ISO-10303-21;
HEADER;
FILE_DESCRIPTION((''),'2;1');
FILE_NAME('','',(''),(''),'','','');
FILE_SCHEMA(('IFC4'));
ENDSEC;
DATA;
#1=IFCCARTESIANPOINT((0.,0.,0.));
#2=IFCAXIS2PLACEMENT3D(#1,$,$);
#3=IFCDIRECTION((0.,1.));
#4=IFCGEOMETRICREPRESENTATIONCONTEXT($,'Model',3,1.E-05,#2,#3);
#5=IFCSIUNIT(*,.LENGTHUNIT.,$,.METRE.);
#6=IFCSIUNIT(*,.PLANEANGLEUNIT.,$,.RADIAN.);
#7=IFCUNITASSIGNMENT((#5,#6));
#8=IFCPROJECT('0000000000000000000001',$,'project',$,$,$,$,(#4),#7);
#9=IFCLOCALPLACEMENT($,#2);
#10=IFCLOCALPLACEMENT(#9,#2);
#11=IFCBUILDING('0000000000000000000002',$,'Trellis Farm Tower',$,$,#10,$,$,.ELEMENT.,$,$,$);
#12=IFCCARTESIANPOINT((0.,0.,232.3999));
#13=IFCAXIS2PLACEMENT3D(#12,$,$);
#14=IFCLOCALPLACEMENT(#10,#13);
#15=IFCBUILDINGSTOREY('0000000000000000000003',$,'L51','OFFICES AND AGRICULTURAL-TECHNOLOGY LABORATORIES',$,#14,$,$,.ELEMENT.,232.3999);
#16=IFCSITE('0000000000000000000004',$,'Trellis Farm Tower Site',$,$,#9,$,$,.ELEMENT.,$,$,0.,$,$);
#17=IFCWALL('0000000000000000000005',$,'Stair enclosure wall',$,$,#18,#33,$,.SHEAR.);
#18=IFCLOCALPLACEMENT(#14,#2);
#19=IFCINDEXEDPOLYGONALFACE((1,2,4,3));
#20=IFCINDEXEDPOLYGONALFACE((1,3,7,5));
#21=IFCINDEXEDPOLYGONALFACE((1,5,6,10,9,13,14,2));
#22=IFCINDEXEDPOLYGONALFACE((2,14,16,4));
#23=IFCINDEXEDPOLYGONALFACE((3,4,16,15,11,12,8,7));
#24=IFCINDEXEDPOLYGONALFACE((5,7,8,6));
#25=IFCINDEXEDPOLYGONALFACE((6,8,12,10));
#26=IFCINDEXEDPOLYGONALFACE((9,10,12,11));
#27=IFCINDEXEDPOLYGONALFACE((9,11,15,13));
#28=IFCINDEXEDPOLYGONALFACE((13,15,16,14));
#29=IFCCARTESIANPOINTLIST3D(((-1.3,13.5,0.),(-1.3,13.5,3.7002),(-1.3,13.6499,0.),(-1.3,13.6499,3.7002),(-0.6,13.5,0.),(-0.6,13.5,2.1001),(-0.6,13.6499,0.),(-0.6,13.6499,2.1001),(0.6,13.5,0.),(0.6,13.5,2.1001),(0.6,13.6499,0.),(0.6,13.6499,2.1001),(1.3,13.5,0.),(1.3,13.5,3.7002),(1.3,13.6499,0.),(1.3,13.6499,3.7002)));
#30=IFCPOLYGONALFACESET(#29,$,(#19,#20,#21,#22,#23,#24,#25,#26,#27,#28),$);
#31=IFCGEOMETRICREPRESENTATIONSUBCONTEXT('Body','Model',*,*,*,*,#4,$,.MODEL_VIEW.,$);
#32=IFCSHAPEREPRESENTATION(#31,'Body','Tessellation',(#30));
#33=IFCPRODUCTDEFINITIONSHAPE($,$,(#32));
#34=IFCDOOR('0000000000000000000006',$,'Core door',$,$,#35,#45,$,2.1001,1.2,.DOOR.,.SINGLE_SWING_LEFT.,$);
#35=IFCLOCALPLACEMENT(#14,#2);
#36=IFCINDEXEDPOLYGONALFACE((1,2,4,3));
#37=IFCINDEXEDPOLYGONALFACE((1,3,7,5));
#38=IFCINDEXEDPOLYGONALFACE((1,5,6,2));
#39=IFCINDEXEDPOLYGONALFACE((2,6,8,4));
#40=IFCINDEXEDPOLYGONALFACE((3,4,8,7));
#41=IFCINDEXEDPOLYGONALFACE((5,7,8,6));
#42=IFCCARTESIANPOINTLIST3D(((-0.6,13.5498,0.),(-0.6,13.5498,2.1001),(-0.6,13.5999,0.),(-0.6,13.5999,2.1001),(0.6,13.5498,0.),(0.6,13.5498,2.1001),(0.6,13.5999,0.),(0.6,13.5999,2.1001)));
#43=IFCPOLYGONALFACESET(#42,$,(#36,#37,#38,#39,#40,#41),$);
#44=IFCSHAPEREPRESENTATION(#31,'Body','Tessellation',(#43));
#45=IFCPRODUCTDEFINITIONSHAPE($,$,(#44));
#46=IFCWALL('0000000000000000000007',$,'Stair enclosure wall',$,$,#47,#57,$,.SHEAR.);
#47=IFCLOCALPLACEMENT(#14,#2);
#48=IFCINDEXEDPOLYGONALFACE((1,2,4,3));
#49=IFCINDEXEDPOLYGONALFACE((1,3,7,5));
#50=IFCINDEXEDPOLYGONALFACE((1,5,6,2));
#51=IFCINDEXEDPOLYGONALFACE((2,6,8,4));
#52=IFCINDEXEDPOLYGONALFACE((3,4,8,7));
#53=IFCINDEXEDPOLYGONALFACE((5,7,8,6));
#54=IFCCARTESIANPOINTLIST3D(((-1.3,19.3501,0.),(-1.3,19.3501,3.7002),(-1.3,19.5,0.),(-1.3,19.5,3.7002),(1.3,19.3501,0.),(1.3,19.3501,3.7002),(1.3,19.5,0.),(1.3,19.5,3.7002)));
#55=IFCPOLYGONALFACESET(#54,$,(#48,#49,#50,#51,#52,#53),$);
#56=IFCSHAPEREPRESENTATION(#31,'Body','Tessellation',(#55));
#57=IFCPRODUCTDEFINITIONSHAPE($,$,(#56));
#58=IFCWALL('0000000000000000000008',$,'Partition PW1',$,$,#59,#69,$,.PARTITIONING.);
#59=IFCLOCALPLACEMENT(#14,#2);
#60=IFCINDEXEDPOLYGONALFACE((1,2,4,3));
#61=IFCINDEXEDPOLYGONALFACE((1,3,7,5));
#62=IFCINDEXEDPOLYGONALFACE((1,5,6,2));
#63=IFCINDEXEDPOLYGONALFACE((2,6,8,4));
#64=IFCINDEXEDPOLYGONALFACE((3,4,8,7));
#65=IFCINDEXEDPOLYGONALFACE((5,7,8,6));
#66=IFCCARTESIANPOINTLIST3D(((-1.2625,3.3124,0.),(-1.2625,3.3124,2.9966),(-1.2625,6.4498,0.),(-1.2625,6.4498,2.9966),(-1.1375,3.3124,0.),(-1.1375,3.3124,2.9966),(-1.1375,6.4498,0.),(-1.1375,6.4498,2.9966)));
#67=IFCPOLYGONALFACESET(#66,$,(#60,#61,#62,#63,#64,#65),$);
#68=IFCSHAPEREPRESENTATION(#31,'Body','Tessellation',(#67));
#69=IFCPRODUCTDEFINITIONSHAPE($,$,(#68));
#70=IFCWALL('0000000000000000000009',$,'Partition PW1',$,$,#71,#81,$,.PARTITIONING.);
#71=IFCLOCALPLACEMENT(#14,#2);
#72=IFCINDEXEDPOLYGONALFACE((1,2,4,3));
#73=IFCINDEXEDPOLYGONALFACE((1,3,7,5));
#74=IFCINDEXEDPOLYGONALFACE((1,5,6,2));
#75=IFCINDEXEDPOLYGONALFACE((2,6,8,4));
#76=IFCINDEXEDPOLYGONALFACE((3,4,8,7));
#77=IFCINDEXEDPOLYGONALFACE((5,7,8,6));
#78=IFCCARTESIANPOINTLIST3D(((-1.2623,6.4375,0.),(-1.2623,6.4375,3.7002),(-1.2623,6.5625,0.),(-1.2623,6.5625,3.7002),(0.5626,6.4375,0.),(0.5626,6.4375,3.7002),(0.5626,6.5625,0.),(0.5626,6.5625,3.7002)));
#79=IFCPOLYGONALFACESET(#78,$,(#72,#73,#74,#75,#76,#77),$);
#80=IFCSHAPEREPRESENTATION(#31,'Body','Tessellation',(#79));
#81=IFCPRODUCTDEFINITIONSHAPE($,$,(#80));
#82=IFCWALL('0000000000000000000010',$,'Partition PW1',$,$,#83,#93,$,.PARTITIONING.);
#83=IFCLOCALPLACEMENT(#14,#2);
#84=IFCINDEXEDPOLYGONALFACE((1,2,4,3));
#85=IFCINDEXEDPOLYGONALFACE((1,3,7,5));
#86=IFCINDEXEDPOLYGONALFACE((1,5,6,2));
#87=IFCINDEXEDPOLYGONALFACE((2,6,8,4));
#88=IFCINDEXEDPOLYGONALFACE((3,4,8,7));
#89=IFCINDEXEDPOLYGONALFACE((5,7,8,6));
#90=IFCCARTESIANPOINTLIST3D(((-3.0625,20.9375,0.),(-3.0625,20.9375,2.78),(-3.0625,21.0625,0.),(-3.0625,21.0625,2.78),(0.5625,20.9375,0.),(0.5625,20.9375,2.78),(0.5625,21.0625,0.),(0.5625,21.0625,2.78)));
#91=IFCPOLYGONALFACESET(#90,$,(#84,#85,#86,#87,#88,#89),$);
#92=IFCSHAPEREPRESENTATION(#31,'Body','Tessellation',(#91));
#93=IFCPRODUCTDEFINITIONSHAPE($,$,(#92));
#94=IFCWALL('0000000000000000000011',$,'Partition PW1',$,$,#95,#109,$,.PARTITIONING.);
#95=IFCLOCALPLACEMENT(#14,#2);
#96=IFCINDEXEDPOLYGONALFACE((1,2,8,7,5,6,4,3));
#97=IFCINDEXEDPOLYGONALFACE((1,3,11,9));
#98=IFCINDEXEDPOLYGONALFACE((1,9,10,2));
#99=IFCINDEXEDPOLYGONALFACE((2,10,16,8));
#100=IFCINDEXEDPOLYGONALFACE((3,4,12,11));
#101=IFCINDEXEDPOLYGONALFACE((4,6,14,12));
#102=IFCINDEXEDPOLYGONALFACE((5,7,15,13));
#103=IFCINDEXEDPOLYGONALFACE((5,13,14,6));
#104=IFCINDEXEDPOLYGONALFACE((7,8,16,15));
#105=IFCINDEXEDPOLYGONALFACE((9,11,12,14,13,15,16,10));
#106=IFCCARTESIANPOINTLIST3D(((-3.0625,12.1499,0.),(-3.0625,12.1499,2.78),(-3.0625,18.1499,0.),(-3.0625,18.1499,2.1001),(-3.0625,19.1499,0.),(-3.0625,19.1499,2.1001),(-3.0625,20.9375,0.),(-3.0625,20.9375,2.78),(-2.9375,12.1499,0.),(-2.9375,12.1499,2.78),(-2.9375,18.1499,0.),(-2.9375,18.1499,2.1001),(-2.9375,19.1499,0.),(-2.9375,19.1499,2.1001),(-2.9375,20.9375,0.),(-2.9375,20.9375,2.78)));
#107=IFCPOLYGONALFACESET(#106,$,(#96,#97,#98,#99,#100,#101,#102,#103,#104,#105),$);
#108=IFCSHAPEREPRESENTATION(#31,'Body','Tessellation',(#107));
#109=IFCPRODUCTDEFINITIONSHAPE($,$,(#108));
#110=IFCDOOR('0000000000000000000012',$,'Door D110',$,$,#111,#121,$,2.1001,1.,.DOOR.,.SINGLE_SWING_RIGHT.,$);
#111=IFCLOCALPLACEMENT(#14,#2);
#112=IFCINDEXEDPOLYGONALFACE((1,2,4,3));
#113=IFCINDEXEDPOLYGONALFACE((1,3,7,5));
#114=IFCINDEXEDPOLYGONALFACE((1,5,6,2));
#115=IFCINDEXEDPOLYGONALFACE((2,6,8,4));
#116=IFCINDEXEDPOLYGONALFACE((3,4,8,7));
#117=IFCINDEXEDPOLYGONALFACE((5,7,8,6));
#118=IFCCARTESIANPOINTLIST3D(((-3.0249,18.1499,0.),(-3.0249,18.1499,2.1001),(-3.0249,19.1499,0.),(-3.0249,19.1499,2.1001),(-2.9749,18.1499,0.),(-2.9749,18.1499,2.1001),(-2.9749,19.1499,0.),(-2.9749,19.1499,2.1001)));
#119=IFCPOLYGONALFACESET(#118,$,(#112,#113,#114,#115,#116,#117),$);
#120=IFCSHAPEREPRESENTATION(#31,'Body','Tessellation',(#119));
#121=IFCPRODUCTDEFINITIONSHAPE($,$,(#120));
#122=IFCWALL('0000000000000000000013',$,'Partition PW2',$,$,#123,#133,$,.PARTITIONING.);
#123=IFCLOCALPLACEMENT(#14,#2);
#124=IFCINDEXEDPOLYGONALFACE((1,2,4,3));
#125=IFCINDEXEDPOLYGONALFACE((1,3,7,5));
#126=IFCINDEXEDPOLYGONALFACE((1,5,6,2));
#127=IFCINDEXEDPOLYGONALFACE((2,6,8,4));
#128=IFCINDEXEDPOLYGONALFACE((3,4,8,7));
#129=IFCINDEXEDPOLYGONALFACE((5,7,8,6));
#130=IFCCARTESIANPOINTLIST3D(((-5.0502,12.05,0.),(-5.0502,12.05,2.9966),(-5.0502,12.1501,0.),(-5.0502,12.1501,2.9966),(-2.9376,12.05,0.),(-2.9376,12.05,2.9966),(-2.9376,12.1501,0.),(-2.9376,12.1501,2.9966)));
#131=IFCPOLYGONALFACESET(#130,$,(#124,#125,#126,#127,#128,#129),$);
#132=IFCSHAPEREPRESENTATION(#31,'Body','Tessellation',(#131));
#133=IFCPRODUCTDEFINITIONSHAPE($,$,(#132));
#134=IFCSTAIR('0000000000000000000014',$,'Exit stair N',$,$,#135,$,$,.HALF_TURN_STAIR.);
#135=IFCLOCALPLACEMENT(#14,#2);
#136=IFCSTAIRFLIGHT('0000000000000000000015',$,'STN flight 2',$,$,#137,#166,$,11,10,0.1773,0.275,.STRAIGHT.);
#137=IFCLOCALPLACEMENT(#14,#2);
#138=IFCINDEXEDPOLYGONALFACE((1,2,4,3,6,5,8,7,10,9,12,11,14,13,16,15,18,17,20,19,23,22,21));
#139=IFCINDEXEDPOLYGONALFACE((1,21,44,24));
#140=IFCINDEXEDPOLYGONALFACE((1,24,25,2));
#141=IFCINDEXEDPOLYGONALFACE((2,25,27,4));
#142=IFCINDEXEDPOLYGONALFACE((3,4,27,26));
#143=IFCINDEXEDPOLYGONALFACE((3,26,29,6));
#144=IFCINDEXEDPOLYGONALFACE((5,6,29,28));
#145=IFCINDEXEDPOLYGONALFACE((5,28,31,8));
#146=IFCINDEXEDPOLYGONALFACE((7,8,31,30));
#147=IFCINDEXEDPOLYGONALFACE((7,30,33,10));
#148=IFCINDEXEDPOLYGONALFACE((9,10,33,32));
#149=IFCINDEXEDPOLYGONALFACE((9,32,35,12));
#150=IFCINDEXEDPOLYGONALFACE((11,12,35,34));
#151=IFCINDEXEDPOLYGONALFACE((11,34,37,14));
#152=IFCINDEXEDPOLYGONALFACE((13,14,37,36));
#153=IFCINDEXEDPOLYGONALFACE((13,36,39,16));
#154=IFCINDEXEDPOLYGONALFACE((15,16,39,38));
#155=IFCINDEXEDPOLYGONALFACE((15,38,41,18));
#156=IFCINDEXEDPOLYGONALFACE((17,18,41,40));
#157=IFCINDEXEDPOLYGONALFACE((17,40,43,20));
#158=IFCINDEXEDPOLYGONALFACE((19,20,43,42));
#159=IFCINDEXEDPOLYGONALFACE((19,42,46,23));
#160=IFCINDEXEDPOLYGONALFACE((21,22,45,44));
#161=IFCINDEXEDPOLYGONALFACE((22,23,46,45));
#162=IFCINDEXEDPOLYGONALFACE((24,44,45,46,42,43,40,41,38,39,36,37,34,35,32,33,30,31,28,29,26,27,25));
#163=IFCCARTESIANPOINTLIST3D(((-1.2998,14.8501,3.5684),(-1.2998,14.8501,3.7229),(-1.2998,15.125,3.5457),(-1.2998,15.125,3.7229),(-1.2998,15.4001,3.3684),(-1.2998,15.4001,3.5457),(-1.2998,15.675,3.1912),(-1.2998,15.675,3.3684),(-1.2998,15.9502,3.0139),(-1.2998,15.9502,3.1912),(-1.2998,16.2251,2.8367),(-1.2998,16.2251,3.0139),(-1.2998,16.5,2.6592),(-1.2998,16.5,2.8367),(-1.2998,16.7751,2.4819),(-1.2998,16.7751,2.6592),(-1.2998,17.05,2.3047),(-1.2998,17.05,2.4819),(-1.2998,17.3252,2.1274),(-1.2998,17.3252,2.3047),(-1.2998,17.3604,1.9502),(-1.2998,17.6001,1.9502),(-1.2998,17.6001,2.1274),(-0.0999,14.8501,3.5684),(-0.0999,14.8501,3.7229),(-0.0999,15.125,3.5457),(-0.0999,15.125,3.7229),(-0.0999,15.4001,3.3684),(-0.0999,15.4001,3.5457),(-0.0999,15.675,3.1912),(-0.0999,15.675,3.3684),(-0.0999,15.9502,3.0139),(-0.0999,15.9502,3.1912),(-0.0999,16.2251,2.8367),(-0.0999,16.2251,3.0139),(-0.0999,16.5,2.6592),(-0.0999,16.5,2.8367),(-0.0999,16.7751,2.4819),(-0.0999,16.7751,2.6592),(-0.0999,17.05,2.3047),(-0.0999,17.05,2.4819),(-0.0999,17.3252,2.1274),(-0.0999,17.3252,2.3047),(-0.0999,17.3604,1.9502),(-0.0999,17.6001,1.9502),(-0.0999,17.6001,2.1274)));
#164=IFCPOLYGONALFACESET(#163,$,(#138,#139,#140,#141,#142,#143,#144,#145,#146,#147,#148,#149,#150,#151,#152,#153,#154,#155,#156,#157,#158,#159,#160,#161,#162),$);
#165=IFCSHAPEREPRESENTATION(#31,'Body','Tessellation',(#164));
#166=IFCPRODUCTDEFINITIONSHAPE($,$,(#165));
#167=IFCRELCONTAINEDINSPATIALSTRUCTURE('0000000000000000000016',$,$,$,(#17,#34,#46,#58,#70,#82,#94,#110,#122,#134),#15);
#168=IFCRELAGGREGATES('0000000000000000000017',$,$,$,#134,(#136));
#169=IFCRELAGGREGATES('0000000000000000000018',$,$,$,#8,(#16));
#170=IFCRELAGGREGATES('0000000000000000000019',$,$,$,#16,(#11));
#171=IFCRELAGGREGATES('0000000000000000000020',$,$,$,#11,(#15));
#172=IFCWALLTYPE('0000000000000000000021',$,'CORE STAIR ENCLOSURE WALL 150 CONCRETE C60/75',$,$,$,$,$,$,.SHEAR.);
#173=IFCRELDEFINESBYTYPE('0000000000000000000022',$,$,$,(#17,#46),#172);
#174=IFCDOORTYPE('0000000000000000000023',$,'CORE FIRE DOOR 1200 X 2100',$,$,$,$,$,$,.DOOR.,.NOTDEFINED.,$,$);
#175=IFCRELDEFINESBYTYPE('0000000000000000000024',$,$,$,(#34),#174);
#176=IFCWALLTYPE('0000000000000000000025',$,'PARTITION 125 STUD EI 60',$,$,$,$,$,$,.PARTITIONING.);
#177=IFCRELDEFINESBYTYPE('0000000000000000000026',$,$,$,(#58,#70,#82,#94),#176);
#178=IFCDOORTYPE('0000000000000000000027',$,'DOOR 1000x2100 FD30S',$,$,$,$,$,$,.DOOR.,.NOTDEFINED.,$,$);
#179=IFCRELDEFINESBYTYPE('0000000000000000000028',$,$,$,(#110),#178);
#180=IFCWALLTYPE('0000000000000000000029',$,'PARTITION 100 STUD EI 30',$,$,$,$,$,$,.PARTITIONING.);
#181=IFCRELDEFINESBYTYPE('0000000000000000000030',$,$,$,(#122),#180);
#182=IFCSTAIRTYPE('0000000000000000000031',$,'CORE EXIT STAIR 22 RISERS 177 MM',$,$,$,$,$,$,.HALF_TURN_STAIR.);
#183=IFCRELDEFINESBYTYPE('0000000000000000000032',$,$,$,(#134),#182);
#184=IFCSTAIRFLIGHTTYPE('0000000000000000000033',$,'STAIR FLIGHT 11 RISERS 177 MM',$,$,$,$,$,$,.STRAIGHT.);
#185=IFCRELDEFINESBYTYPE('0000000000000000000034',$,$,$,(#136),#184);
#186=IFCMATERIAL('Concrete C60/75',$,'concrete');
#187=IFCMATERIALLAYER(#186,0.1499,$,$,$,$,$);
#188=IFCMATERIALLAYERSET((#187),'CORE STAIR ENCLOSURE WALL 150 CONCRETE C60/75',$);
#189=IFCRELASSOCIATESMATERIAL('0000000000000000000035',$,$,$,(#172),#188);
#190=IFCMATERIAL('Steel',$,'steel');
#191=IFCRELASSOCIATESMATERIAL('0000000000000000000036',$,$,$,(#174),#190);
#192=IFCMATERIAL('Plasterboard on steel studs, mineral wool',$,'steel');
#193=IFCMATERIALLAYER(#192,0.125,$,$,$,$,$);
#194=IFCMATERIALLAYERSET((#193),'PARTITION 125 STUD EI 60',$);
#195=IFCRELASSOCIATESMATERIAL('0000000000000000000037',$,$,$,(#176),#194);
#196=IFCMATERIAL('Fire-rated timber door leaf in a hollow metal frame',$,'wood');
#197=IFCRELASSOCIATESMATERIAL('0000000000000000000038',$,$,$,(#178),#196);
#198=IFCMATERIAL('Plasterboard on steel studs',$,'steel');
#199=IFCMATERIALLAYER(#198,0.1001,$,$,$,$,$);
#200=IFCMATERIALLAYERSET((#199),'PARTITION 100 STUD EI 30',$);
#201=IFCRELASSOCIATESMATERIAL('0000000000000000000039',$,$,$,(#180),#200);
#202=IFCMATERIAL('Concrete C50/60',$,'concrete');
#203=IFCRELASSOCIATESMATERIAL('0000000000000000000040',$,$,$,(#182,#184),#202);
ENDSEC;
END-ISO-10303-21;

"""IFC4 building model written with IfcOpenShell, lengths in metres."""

from ifc_helpers import new_model, si_unit, direction, frame, frame_2d, origin, place, context, subcontext, project, spatial, polyline, rectangle, outline, extrude, source, transform, mapped, material, layer, layer_set, type_object, element, fill, aggregate, save


model = new_model("IFC4")

# Units and contexts
model_context = context("Model", 3, precision=1e-05, world=origin(), true_north=direction((0.0, 1.0)))
body_context = subcontext(model_context, "Body", "Model", "MODEL_VIEW")
ifc_project = project(units=[si_unit("LENGTHUNIT", "METRE"), si_unit("PLANEANGLEUNIT", "RADIAN")], contexts=[model_context])

# Site, building, storey
site_placement = place(None, origin())
site = spatial("IfcSite", under=ifc_project, at=site_placement, Name="Trellis Farm Tower Site", CompositionType="ELEMENT", RefElevation=0.0)
building_placement = place(site_placement, origin())
building = spatial("IfcBuilding", under=site, at=building_placement, Name="Trellis Farm Tower", CompositionType="ELEMENT")
storey_placement = place(building_placement, frame((0.0, 0.0, 232.3999)))
storey = spatial("IfcBuildingStorey", under=building, at=storey_placement, Name="L51", Description="OFFICES AND AGRICULTURAL-TECHNOLOGY LABORATORIES", CompositionType="ELEMENT", Elevation=232.3999)

# Shared definitions
ifc_material_1 = material(Name="Concrete C60/75", Category="concrete")

# Shared definitions
placement_1 = place(storey_placement, origin())

# Wall, opening, door
ifc_layer_1 = layer(ifc_material_1, 0.1499)
ifc_layer_set_1 = layer_set([ifc_layer_1], Name="CORE STAIR ENCLOSURE WALL 150 CONCRETE C60/75")
wall_type_1 = type_object("IfcWallType", Name="CORE STAIR ENCLOSURE WALL 150 CONCRETE C60/75", PredefinedType="SHEAR", material=ifc_layer_set_1)
shared_shape_1 = source(origin(), body_context, "Body", "SweptSolid", [
    extrude(rectangle(XDim=2.6001, YDim=0.1499, at=frame_2d((1.3, 0.0))), origin(), (0.0, 0.0, 1.0), 3.7002),
])
wall_1_placement = place(storey_placement, frame((-1.3, 13.575, 0.0), z_axis=(0.0, 0.0, 1.0), x_axis=(1.0, 0.0, 0.0)))
wall_1 = element("IfcWall", 1, at=wall_1_placement, inside=storey, type_object=wall_type_1, Name="Stair enclosure wall", PredefinedType="SHEAR", context=body_context, shape_type="MappedRepresentation", body=[
    mapped(shared_shape_1, transform((0.0, 0.0, 0.0))),
])
shared_shape_2 = source(origin(), body_context, "Body", "SweptSolid", [
    extrude(rectangle(XDim=1.2, YDim=2.1001, at=frame_2d((0.6001, 1.05))), frame((0.0, 0.085, 0.0), z_axis=(0.0, -1.0, 0.0), x_axis=(1.0, 0.0, 0.0)), (0.0, 0.0, 1.0), 0.1699),
])
opening_1_placement = place(wall_1_placement, frame((0.7, 0.0, 0.0)))
opening_1 = element("IfcOpeningElement", 2, at=opening_1_placement, cuts=wall_1, PredefinedType="OPENING", context=body_context, shape_type="MappedRepresentation", body=[
    mapped(shared_shape_2, transform((0.0, 0.0, 0.0))),
])
ifc_material_2 = material(Name="Steel", Category="steel")
door_type_1 = type_object("IfcDoorType", Name="CORE FIRE DOOR 1200 X 2100", OperationType="NOTDEFINED", PredefinedType="DOOR", material=ifc_material_2)
shared_shape_3 = source(origin(), body_context, "Body", "SweptSolid", [
    extrude(rectangle(XDim=1.2, YDim=2.1001, at=frame_2d((0.6001, 1.05))), frame((0.0, 0.0249, 0.0), z_axis=(0.0, -1.0, 0.0), x_axis=(1.0, 0.0, 0.0)), (0.0, 0.0, 1.0), 0.05),
])
door_1_placement = place(opening_1_placement, origin())
door_1 = element("IfcDoor", 3, at=door_1_placement, inside=storey, type_object=door_type_1, Name="Core door", OperationType="SINGLE_SWING_LEFT", OverallHeight=2.1001, OverallWidth=1.2, PredefinedType="DOOR", context=body_context, shape_type="MappedRepresentation", body=[
    mapped(shared_shape_3, transform((0.0, 0.0, 0.0))),
])
fill(opening_1, door_1)

# Walls
wall_2_placement = place(storey_placement, frame((-1.3, 19.425, 0.0), z_axis=(0.0, 0.0, 1.0), x_axis=(1.0, 0.0, 0.0)))
element("IfcWall", 4, at=wall_2_placement, inside=storey, type_object=wall_type_1, Name="Stair enclosure wall", PredefinedType="SHEAR", context=body_context, shape_type="MappedRepresentation", body=[
    mapped(shared_shape_1, transform((0.0, 0.0, 0.0))),
])
ifc_material_3 = material(Name="Plasterboard on steel studs, mineral wool", Category="steel")
ifc_layer_2 = layer(ifc_material_3, 0.125)
ifc_layer_set_2 = layer_set([ifc_layer_2], Name="PARTITION 125 STUD EI 60")
wall_type_2 = type_object("IfcWallType", Name="PARTITION 125 STUD EI 60", PredefinedType="PARTITIONING", material=ifc_layer_set_2)
shared_shape_4 = source(origin(), body_context, "Body", "SweptSolid", [
    extrude(rectangle(XDim=3.1375, YDim=0.125, at=frame_2d((1.5688, 0.0))), origin(), (0.0, 0.0, 1.0), 2.9966),
])
wall_3_placement = place(storey_placement, frame((-1.2, 6.45, 0.0), z_axis=(0.0, 0.0, 1.0), x_axis=(0.0, -1.0, 0.0)))
element("IfcWall", 5, at=wall_3_placement, inside=storey, type_object=wall_type_2, Name="Partition PW1", PredefinedType="PARTITIONING", context=body_context, shape_type="MappedRepresentation", body=[
    mapped(shared_shape_4, transform((0.0, 0.0, 0.0))),
])
shared_shape_5 = source(origin(), body_context, "Body", "SweptSolid", [
    extrude(rectangle(XDim=1.825, YDim=0.125, at=frame_2d((0.9126, 0.0))), origin(), (0.0, 0.0, 1.0), 3.7002),
])
wall_4_placement = place(storey_placement, frame((-1.2625, 6.5, 0.0), z_axis=(0.0, 0.0, 1.0), x_axis=(1.0, 0.0, 0.0)))
element("IfcWall", 6, at=wall_4_placement, inside=storey, type_object=wall_type_2, Name="Partition PW1", PredefinedType="PARTITIONING", context=body_context, shape_type="MappedRepresentation", body=[
    mapped(shared_shape_5, transform((0.0, 0.0, 0.0))),
])
shared_shape_6 = source(origin(), body_context, "Body", "SweptSolid", [
    extrude(rectangle(XDim=3.625, YDim=0.125, at=frame_2d((1.8125, 0.0))), origin(), (0.0, 0.0, 1.0), 2.78),
])
wall_5_placement = place(storey_placement, frame((-3.0625, 21.0, 0.0), z_axis=(0.0, 0.0, 1.0), x_axis=(1.0, 0.0, 0.0)))
element("IfcWall", 7, at=wall_5_placement, inside=storey, type_object=wall_type_2, Name="Partition PW1", PredefinedType="PARTITIONING", context=body_context, shape_type="MappedRepresentation", body=[
    mapped(shared_shape_6, transform((0.0, 0.0, 0.0))),
])

# Wall, opening, door
shared_shape_7 = source(origin(), body_context, "Body", "SweptSolid", [
    extrude(rectangle(XDim=8.7876, YDim=0.125, at=frame_2d((4.3938, 0.0))), origin(), (0.0, 0.0, 1.0), 2.78),
])
wall_6_placement = place(storey_placement, frame((-3.0, 12.1499, 0.0), z_axis=(0.0, 0.0, 1.0), x_axis=(0.0, 1.0, 0.0)))
wall_6 = element("IfcWall", 8, at=wall_6_placement, inside=storey, type_object=wall_type_2, Name="Partition PW1", PredefinedType="PARTITIONING", context=body_context, shape_type="MappedRepresentation", body=[
    mapped(shared_shape_7, transform((0.0, 0.0, 0.0))),
])
shared_shape_8 = source(origin(), body_context, "Body", "SweptSolid", [
    extrude(rectangle(XDim=1.0, YDim=2.1001, at=frame_2d((0.5, 1.05))), frame((0.0, 0.0725, 0.0), z_axis=(0.0, -1.0, 0.0), x_axis=(1.0, 0.0, 0.0)), (0.0, 0.0, 1.0), 0.145),
])
opening_2_placement = place(wall_6_placement, frame((6.0, 0.0, 0.0)))
opening_2 = element("IfcOpeningElement", 9, at=opening_2_placement, cuts=wall_6, PredefinedType="OPENING", context=body_context, shape_type="MappedRepresentation", body=[
    mapped(shared_shape_8, transform((0.0, 0.0, 0.0))),
])
ifc_material_4 = material(Name="Fire-rated timber door leaf in a hollow metal frame", Category="wood")
door_type_2 = type_object("IfcDoorType", Name="DOOR 1000x2100 FD30S", OperationType="NOTDEFINED", PredefinedType="DOOR", material=ifc_material_4)
shared_shape_9 = source(origin(), body_context, "Body", "SweptSolid", [
    extrude(rectangle(XDim=1.0, YDim=2.1001, at=frame_2d((0.5, 1.05))), frame((0.0, 0.0249, 0.0), z_axis=(0.0, -1.0, 0.0), x_axis=(1.0, 0.0, 0.0)), (0.0, 0.0, 1.0), 0.05),
])
door_2_placement = place(opening_2_placement, origin())
door_2 = element("IfcDoor", 10, at=door_2_placement, inside=storey, type_object=door_type_2, Name="Door D110", OperationType="SINGLE_SWING_RIGHT", OverallHeight=2.1001, OverallWidth=1.0, PredefinedType="DOOR", context=body_context, shape_type="MappedRepresentation", body=[
    mapped(shared_shape_9, transform((0.0, 0.0, 0.0))),
])
fill(opening_2, door_2)

# Wall
ifc_material_5 = material(Name="Plasterboard on steel studs", Category="steel")
ifc_layer_3 = layer(ifc_material_5, 0.1001)
ifc_layer_set_3 = layer_set([ifc_layer_3], Name="PARTITION 100 STUD EI 30")
wall_type_3 = type_object("IfcWallType", Name="PARTITION 100 STUD EI 30", PredefinedType="PARTITIONING", material=ifc_layer_set_3)
shared_shape_10 = source(origin(), body_context, "Body", "SweptSolid", [
    extrude(rectangle(XDim=2.1125, YDim=0.1001, at=frame_2d((1.0562, 0.0))), origin(), (0.0, 0.0, 1.0), 2.9966),
])
wall_7_placement = place(storey_placement, frame((-5.05, 12.1001, 0.0), z_axis=(0.0, 0.0, 1.0), x_axis=(1.0, 0.0, 0.0)))
element("IfcWall", 11, at=wall_7_placement, inside=storey, type_object=wall_type_3, Name="Partition PW2", PredefinedType="PARTITIONING", context=body_context, shape_type="MappedRepresentation", body=[
    mapped(shared_shape_10, transform((0.0, 0.0, 0.0))),
])

# Stair, stair flight
ifc_material_6 = material(Name="Concrete C50/60", Category="concrete")
stair_type = type_object("IfcStairType", Name="CORE EXIT STAIR 22 RISERS 177 MM", PredefinedType="HALF_TURN_STAIR", material=ifc_material_6)
stair = element("IfcStair", 12, at=placement_1, inside=storey, type_object=stair_type, Name="Exit stair N", PredefinedType="HALF_TURN_STAIR")
stair_flight_type = type_object("IfcStairFlightType", Name="STAIR FLIGHT 11 RISERS 177 MM", PredefinedType="STRAIGHT", material=ifc_material_6)
shared_shape_11 = source(origin(), body_context, "Body", "SweptSolid", [
    extrude(outline(polyline([(0.0, 0.0), (0.0, 0.1772), (0.2749, 0.1772), (0.2749, 0.3545), (0.55, 0.3545), (0.55, 0.5317), (0.825, 0.5317), (0.825, 0.709), (1.1001, 0.709), (1.1001, 0.8865), (1.375, 0.8865), (1.375, 1.0637), (1.6499, 1.0637), (1.6499, 1.241), (1.925, 1.241), (1.925, 1.4182), (2.2, 1.4182), (2.2, 1.5955), (2.4751, 1.5955), (2.4751, 1.7727), (2.75, 1.7727), (2.75, 1.95), (2.75, 1.6182), (0.2397, 0.0), (0.0, 0.0)])), frame((0.0, 0.6001, 0.0), z_axis=(0.0, -1.0, 0.0), x_axis=(1.0, 0.0, 0.0)), (0.0, 0.0, 1.0), 1.2),
])
stair_flight_placement = place(storey_placement, frame((-0.7, 17.6001, 1.9502), z_axis=(0.0, 0.0, 1.0), x_axis=(0.0, -1.0, 0.0)))
stair_flight = element("IfcStairFlight", 13, at=stair_flight_placement, type_object=stair_flight_type, Name="STN flight 2", NumberOfRisers=11, NumberOfTreads=10, PredefinedType="STRAIGHT", RiserHeight=0.1773, TreadLength=0.275, context=body_context, shape_type="MappedRepresentation", body=[
    mapped(shared_shape_11, transform((0.0, 0.0, 0.0))),
])
aggregate(stair, [stair_flight])

save(model, "model.ifc")
